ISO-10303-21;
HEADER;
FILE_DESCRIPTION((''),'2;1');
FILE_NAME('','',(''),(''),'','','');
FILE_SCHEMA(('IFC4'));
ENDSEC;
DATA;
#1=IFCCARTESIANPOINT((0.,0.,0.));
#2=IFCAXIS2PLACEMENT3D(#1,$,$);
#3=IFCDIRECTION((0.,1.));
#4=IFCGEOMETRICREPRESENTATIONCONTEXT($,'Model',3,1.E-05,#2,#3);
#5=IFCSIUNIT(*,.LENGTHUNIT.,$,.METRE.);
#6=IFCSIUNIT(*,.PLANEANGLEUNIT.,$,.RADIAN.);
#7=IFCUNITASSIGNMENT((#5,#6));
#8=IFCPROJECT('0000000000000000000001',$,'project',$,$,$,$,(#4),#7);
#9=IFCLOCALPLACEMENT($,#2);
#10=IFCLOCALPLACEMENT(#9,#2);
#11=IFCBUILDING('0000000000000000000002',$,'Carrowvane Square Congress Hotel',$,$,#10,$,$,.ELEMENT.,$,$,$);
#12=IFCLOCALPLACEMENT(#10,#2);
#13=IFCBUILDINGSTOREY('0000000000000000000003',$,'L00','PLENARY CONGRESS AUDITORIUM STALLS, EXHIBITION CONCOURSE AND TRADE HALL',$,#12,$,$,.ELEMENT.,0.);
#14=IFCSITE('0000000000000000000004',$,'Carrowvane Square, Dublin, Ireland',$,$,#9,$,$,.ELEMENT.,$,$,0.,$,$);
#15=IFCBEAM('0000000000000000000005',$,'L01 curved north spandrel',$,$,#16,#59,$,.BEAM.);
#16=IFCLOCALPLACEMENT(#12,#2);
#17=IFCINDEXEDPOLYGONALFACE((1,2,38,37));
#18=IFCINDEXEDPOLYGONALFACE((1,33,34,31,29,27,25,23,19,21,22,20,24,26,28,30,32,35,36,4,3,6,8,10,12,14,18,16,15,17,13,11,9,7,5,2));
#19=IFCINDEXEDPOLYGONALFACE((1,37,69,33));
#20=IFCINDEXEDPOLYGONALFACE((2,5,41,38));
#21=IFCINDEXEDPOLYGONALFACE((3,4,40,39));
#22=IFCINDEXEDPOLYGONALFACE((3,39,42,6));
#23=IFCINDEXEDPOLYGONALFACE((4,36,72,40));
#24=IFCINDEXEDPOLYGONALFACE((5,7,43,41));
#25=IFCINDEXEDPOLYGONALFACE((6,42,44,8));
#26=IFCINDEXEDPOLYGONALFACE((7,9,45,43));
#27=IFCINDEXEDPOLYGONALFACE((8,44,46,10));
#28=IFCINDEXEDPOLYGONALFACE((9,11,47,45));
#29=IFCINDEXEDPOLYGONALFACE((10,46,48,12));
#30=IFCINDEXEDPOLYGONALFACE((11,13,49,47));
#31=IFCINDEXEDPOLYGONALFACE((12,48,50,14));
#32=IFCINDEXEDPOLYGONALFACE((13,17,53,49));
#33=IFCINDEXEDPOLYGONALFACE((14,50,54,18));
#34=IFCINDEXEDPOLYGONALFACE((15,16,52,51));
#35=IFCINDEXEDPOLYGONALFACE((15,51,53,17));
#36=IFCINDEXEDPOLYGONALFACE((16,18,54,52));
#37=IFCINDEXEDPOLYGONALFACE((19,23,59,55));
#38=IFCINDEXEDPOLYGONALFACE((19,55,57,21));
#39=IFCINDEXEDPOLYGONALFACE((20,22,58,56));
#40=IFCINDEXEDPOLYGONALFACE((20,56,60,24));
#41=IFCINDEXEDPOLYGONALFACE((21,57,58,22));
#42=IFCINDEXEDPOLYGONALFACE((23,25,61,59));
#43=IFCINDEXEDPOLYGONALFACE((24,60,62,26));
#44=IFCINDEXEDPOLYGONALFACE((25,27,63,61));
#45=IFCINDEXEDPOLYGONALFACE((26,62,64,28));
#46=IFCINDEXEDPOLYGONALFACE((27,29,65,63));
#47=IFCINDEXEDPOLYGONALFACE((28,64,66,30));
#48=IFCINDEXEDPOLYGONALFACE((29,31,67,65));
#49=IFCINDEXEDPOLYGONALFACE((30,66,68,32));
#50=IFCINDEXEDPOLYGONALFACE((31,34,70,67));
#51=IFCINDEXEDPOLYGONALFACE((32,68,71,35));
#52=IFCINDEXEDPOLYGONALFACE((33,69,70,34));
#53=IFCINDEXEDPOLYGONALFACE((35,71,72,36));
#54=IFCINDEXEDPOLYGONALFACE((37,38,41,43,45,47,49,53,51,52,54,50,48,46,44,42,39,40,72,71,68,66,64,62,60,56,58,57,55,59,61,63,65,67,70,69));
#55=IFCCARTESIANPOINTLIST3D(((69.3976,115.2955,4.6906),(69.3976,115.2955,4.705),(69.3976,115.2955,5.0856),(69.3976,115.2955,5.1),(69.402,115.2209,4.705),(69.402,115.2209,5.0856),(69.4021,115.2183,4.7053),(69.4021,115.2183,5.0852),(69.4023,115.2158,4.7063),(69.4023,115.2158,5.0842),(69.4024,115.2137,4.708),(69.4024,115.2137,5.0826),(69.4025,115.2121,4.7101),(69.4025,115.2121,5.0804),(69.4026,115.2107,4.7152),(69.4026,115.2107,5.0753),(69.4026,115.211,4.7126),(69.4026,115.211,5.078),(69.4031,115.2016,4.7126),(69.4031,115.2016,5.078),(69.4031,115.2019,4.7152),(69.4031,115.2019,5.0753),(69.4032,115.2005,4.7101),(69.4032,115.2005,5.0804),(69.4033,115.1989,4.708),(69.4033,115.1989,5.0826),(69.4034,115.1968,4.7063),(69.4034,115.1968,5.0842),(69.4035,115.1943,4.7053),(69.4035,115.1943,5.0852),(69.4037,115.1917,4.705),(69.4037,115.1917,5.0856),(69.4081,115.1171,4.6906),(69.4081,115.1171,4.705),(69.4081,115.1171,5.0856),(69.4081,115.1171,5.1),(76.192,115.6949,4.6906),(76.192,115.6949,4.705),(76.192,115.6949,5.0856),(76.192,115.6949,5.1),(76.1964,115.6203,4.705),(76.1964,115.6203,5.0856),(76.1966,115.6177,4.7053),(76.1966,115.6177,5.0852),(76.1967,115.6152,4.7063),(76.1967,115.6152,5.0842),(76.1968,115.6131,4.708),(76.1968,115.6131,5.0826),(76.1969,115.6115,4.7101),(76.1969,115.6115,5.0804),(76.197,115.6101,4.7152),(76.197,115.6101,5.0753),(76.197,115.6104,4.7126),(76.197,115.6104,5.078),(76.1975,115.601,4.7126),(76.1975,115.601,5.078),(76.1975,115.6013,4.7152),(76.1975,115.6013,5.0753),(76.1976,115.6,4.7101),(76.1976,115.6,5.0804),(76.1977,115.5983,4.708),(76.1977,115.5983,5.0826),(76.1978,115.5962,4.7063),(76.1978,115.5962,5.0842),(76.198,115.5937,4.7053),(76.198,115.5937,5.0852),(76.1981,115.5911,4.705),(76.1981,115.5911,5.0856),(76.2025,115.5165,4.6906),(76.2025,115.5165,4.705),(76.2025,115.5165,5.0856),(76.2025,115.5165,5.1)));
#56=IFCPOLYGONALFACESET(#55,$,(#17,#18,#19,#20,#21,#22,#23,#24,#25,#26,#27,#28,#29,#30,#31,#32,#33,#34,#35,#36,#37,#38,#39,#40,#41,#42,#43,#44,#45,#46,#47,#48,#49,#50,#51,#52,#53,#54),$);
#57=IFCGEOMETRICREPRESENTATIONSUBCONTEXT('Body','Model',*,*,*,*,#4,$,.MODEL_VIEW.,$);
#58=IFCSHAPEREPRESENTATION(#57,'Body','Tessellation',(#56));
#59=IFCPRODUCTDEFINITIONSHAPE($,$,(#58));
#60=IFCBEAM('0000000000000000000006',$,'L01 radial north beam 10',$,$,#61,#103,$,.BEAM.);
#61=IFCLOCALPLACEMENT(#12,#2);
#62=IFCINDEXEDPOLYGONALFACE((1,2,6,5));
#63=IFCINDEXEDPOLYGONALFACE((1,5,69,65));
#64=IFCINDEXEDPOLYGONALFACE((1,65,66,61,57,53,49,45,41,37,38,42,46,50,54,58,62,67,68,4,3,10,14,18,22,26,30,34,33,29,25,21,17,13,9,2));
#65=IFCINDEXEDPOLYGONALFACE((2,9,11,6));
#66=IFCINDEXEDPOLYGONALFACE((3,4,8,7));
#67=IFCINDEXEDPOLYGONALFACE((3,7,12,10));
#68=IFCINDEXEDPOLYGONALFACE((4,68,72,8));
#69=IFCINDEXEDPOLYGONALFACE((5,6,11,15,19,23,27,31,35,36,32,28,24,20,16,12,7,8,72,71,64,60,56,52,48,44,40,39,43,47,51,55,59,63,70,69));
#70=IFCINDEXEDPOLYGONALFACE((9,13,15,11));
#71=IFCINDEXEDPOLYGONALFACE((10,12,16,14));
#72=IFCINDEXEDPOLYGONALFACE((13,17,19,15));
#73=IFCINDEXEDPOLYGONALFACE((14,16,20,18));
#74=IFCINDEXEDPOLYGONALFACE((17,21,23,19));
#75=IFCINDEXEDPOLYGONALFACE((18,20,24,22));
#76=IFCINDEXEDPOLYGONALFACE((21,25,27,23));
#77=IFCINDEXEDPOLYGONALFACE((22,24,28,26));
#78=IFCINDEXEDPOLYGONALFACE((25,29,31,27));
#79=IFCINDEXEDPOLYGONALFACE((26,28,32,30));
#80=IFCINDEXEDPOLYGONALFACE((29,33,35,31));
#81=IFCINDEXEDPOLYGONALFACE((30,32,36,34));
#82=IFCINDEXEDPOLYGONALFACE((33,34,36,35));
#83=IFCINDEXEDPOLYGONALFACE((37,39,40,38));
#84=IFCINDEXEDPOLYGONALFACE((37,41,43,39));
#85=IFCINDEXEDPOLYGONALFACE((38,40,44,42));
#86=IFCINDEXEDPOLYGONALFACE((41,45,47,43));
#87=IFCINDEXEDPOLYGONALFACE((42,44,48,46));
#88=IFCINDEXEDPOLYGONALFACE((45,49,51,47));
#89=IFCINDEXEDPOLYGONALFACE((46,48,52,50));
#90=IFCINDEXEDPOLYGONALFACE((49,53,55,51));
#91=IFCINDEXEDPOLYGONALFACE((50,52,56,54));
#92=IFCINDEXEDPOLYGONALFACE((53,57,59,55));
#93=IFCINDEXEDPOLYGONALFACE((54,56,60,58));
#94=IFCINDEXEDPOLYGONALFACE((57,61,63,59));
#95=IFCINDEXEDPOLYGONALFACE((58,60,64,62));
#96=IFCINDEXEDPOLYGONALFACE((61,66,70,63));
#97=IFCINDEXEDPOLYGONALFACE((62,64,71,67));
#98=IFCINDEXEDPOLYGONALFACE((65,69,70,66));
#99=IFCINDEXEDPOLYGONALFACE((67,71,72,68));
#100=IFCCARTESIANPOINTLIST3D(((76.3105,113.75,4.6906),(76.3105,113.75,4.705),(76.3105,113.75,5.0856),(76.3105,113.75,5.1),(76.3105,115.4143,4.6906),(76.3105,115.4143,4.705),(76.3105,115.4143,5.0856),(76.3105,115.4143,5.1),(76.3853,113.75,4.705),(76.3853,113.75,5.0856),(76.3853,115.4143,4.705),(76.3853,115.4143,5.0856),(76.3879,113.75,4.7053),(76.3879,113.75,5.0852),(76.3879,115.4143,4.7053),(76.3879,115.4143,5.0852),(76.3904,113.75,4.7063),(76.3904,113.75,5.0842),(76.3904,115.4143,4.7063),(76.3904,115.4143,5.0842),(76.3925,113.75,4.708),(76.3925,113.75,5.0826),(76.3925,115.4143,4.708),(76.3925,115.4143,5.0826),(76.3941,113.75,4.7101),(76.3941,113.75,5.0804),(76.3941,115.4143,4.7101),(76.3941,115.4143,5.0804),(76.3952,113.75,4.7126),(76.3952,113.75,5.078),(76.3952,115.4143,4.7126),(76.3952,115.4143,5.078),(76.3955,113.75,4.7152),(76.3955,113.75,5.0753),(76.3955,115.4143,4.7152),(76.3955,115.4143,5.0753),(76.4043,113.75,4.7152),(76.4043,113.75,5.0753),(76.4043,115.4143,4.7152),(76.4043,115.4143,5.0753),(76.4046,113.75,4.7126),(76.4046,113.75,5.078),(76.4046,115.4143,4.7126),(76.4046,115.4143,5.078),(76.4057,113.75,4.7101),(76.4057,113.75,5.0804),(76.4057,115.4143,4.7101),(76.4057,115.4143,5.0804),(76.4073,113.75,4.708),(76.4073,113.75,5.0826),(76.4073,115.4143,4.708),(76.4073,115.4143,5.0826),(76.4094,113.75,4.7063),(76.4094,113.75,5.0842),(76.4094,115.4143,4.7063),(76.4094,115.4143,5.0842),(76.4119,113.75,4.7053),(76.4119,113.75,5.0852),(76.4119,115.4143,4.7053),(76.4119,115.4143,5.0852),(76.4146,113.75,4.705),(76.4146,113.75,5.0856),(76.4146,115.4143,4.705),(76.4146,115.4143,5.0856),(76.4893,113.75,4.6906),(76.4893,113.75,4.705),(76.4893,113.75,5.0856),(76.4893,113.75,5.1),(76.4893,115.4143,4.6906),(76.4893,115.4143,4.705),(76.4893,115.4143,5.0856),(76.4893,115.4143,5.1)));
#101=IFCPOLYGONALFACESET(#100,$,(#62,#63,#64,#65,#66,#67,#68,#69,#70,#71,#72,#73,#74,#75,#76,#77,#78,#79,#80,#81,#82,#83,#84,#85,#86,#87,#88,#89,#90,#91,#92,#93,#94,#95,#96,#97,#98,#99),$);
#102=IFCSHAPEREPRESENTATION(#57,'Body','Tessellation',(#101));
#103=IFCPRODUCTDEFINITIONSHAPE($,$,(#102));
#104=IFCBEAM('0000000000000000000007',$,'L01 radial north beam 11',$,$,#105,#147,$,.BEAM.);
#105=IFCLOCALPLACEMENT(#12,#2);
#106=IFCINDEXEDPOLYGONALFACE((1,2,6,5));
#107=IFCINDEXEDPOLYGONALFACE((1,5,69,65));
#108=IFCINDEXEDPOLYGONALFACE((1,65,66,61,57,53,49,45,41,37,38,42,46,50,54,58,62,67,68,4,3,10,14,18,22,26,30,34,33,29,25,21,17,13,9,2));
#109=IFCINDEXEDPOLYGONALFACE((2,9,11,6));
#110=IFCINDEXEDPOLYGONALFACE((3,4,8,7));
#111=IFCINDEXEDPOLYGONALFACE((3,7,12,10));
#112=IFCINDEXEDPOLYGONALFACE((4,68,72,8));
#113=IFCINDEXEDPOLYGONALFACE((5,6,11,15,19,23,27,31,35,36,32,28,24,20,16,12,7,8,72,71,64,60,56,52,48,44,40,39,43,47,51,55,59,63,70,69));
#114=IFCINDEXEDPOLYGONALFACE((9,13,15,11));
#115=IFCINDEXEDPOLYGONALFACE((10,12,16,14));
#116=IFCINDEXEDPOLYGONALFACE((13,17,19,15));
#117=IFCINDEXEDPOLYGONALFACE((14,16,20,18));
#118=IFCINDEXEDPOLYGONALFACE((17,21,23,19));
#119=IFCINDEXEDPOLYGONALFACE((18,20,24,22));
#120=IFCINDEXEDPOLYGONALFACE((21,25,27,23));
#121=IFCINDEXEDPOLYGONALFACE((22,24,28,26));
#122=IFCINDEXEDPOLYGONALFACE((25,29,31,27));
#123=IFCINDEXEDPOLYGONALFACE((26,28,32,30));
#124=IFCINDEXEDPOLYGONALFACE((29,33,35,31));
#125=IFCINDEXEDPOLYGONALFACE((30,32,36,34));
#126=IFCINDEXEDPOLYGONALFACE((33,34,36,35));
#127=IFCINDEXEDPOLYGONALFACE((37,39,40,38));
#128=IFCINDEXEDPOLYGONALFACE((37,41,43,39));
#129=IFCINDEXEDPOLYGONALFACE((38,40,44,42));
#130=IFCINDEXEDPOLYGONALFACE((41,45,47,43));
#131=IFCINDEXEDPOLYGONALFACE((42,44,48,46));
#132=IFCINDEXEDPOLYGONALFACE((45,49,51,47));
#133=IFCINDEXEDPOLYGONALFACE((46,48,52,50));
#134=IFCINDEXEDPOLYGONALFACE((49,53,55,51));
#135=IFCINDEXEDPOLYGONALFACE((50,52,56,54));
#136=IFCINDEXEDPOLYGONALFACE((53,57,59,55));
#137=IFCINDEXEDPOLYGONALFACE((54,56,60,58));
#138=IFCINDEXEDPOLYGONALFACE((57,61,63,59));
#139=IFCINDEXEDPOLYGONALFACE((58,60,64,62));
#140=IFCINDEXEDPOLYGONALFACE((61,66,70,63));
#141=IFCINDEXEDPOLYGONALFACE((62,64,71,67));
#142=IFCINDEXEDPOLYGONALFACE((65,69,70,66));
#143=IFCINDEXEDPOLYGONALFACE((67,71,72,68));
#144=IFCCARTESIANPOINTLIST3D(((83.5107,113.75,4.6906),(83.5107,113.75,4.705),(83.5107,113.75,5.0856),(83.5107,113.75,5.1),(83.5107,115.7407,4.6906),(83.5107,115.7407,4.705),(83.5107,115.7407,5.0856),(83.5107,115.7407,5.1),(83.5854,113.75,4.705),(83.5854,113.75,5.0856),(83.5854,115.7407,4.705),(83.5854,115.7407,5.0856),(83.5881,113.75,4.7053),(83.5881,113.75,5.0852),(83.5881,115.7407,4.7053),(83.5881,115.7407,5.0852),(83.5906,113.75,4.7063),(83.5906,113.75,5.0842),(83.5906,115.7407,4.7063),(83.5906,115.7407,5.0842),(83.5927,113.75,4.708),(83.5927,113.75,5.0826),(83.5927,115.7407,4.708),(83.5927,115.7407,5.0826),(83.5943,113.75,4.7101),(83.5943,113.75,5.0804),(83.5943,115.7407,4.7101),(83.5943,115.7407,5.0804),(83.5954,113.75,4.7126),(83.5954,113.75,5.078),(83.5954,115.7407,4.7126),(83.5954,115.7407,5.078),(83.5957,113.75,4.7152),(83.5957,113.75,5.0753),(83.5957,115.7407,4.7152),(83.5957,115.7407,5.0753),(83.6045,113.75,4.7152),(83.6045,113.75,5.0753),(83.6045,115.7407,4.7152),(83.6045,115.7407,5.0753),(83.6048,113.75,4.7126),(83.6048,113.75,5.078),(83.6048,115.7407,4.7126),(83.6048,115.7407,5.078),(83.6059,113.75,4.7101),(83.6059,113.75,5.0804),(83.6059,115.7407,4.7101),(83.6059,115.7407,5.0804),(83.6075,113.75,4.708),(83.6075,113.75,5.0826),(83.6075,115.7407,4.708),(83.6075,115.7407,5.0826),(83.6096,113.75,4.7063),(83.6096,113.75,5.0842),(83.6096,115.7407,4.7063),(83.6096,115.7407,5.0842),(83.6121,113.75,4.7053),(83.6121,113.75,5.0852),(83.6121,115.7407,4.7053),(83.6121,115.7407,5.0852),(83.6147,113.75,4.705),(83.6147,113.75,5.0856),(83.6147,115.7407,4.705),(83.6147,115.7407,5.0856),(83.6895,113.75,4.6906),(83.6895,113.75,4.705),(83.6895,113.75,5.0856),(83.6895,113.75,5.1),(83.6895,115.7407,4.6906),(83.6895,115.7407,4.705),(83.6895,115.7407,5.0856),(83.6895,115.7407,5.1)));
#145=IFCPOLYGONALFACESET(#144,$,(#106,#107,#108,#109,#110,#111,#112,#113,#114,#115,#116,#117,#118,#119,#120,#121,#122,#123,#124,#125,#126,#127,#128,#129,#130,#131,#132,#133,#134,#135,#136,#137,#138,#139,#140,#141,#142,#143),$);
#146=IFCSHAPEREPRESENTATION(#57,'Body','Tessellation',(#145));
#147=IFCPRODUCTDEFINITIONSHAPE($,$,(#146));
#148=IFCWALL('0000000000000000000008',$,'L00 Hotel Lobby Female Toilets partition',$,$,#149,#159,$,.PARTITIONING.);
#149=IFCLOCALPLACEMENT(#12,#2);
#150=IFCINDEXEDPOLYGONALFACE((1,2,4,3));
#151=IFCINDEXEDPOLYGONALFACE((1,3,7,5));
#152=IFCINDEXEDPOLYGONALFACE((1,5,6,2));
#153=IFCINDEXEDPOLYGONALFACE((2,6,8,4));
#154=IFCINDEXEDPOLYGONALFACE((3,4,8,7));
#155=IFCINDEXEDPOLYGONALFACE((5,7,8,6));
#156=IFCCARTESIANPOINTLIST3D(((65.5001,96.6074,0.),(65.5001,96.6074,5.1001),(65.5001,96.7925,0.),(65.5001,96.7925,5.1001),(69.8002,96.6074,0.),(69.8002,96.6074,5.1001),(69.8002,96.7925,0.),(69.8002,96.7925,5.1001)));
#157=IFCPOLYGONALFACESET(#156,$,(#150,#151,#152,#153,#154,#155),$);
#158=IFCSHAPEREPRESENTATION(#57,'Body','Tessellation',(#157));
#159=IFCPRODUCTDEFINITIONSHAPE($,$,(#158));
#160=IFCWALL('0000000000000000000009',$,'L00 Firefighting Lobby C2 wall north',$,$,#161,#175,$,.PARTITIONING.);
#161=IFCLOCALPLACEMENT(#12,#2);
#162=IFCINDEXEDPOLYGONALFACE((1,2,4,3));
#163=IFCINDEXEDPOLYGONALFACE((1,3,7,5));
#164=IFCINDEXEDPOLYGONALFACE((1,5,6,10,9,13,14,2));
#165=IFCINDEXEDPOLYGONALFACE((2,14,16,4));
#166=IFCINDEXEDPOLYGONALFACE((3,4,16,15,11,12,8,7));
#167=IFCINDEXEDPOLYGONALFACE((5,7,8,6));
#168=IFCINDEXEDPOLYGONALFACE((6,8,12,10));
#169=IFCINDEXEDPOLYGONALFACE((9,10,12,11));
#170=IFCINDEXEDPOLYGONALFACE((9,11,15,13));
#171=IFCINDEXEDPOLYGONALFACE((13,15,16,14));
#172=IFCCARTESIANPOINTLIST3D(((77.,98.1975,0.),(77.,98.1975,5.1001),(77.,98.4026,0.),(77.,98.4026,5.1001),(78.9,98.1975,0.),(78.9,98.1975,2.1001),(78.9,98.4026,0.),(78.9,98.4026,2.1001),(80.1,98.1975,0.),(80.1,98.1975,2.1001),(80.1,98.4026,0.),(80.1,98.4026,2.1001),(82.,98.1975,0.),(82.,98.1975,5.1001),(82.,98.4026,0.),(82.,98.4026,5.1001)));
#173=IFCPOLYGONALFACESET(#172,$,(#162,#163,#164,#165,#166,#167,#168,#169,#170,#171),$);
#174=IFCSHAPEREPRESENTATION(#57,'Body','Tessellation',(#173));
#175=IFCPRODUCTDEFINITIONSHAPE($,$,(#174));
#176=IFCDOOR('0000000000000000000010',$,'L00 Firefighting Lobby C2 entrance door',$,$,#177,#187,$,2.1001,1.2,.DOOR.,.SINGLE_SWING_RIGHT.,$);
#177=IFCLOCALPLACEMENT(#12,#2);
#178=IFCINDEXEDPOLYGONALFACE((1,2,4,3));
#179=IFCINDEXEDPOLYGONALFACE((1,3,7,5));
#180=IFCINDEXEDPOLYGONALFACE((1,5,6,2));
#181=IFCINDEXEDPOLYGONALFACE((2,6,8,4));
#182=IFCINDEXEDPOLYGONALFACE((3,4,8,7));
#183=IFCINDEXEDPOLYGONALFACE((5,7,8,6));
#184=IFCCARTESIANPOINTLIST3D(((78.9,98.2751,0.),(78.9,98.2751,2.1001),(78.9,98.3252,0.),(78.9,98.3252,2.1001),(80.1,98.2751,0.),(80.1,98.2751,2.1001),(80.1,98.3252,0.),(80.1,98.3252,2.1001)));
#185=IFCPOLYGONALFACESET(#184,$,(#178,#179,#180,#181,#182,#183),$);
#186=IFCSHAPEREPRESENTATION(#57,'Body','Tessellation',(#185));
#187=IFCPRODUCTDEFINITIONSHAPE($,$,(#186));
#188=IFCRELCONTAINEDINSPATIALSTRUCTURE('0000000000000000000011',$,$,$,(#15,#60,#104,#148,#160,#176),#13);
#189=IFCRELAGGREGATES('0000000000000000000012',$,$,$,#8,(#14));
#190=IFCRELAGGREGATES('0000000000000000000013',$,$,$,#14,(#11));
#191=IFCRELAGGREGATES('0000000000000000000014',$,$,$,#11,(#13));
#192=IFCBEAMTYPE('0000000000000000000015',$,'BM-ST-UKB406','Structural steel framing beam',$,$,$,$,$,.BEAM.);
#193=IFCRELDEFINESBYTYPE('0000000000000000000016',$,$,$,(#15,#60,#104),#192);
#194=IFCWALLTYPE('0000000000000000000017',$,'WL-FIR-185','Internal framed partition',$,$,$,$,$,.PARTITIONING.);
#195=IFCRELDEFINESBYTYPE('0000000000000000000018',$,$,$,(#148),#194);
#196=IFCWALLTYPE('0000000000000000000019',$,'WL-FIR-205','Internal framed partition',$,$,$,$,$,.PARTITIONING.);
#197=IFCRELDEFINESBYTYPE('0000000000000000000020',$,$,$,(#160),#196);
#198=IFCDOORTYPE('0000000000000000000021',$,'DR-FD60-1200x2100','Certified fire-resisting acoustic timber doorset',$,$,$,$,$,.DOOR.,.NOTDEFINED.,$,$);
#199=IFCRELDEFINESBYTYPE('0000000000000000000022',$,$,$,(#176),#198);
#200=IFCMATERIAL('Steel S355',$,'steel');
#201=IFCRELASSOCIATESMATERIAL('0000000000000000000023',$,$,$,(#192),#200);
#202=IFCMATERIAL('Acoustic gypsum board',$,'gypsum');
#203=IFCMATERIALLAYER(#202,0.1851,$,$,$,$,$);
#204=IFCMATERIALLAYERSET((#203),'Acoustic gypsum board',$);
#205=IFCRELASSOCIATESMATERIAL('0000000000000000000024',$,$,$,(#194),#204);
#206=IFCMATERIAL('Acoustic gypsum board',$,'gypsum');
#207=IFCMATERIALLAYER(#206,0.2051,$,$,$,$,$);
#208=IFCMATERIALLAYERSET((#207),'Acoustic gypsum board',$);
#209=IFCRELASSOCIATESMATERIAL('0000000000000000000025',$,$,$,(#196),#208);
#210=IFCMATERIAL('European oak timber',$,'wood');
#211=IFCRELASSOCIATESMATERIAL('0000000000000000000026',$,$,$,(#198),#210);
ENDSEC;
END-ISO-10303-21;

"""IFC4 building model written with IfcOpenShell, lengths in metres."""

from ifc_helpers import new_model, si_unit, direction, frame, frame_2d, origin, origin_2d, place, context, subcontext, project, spatial, rectangle, i_section, extrude, material, layer, layer_set, material_profile, profile_set, type_object, element, fill, save


model = new_model("IFC4")

# Units and contexts
model_context = context("Model", 3, precision=1e-05, world=origin(), true_north=direction((0.0, 1.0)))
body_context = subcontext(model_context, "Body", "Model", "MODEL_VIEW")
ifc_project = project(units=[si_unit("LENGTHUNIT", "METRE"), si_unit("PLANEANGLEUNIT", "RADIAN")], contexts=[model_context])

# Site, building, storey
site_placement = place(None, origin())
site = spatial("IfcSite", under=ifc_project, at=site_placement, Name="Carrowvane Square, Dublin, Ireland", CompositionType="ELEMENT", RefElevation=0.0)
building_placement = place(site_placement, origin())
building = spatial("IfcBuilding", under=site, at=building_placement, Name="Carrowvane Square Congress Hotel", CompositionType="ELEMENT")
storey_placement = place(building_placement, origin())
storey = spatial("IfcBuildingStorey", under=building, at=storey_placement, Name="L00", Description="PLENARY CONGRESS AUDITORIUM STALLS, EXHIBITION CONCOURSE AND TRADE HALL", CompositionType="ELEMENT", Elevation=0.0)

# Beams
ifc_material_1 = material(Name="Steel S355", Category="steel")
ifc_material_profile_1 = material_profile(ifc_material_1, i_section(OverallWidth=0.1787, OverallDepth=0.4094, WebThickness=0.0088, FlangeThickness=0.0144, FilletRadius=0.0103, at=origin_2d()), Name="UKB 406x178x67")
ifc_profile_set_1 = profile_set([ifc_material_profile_1], Name="Steel S355")
beam_type_1 = type_object("IfcBeamType", Name="BM-ST-UKB406", Description="Structural steel framing beam", PredefinedType="BEAM", material=ifc_profile_set_1)
beam_1_placement = place(storey_placement, frame((69.4028, 115.2063, 4.8953), z_axis=(0.998277, 0.058684, 0.0), x_axis=(-0.058684, 0.998277, 0.0)))
element("IfcBeam", 1, at=beam_1_placement, inside=storey, type_object=beam_type_1, Name="L01 curved north spandrel", PredefinedType="BEAM", context=body_context, shape_type="SweptSolid", body=[
    extrude(i_section(OverallWidth=0.1787, OverallDepth=0.4094, WebThickness=0.0088, FlangeThickness=0.0144, FilletRadius=0.0103, at=origin_2d()), origin(), (0.0, 0.0, 1.0), 6.8062),
])
beam_2_placement = place(storey_placement, frame((76.3999, 113.75, 4.8953), z_axis=(0.0, 1.0, 0.0), x_axis=(-1.0, 0.0, 0.0)))
element("IfcBeam", 2, at=beam_2_placement, inside=storey, type_object=beam_type_1, Name="L01 radial north beam 10", PredefinedType="BEAM", context=body_context, shape_type="SweptSolid", body=[
    extrude(i_section(OverallWidth=0.1787, OverallDepth=0.4094, WebThickness=0.0088, FlangeThickness=0.0144, FilletRadius=0.0103, at=origin_2d()), origin(), (0.0, 0.0, 1.0), 1.6643),
])
beam_3_placement = place(storey_placement, frame((83.6001, 113.75, 4.8953), z_axis=(0.0, 1.0, 0.0), x_axis=(-1.0, 0.0, 0.0)))
element("IfcBeam", 3, at=beam_3_placement, inside=storey, type_object=beam_type_1, Name="L01 radial north beam 11", PredefinedType="BEAM", context=body_context, shape_type="SweptSolid", body=[
    extrude(i_section(OverallWidth=0.1787, OverallDepth=0.4094, WebThickness=0.0088, FlangeThickness=0.0144, FilletRadius=0.0103, at=origin_2d()), origin(), (0.0, 0.0, 1.0), 1.9907),
])

# Wall
ifc_material_2 = material(Name="Acoustic gypsum board", Category="gypsum")
ifc_layer_1 = layer(ifc_material_2, 0.1851)
ifc_layer_set_1 = layer_set([ifc_layer_1], Name="Acoustic gypsum board")
wall_type_1 = type_object("IfcWallType", Name="WL-FIR-185", Description="Internal framed partition", PredefinedType="PARTITIONING", material=ifc_layer_set_1)
wall_1_placement = place(storey_placement, frame((69.8, 96.7, 0.0), z_axis=(0.0, 0.0, 1.0), x_axis=(-1.0, 0.0, 0.0)))
element("IfcWall", 4, at=wall_1_placement, inside=storey, type_object=wall_type_1, Name="L00 Hotel Lobby Female Toilets partition", PredefinedType="PARTITIONING", context=body_context, shape_type="SweptSolid", body=[
    extrude(rectangle(XDim=4.3, YDim=0.1851, at=frame_2d((2.1499, 0.0))), origin(), (0.0, 0.0, 1.0), 5.1001),
])

# Wall, opening, door
ifc_material_3 = material(Name="Acoustic gypsum board", Category="gypsum")
ifc_layer_2 = layer(ifc_material_3, 0.2051)
ifc_layer_set_2 = layer_set([ifc_layer_2], Name="Acoustic gypsum board")
wall_type_2 = type_object("IfcWallType", Name="WL-FIR-205", Description="Internal framed partition", PredefinedType="PARTITIONING", material=ifc_layer_set_2)
wall_2_placement = place(storey_placement, frame((82.0, 98.3, 0.0), z_axis=(0.0, 0.0, 1.0), x_axis=(-1.0, 0.0, 0.0)))
wall_2 = element("IfcWall", 5, at=wall_2_placement, inside=storey, type_object=wall_type_2, Name="L00 Firefighting Lobby C2 wall north", PredefinedType="PARTITIONING", context=body_context, shape_type="SweptSolid", body=[
    extrude(rectangle(XDim=5.0, YDim=0.2051, at=frame_2d((2.5, 0.0))), origin(), (0.0, 0.0, 1.0), 5.1001),
])
opening_placement = place(wall_2_placement, frame((1.8999, 0.0, 0.0)))
opening = element("IfcOpeningElement", 6, at=opening_placement, cuts=wall_2, PredefinedType="OPENING", context=body_context, shape_type="SweptSolid", body=[
    extrude(rectangle(XDim=1.2, YDim=2.1001, at=frame_2d((0.6001, 1.05))), frame((0.0, 0.1125, 0.0), z_axis=(0.0, -1.0, 0.0), x_axis=(1.0, 0.0, 0.0)), (0.0, 0.0, 1.0), 0.2251),
])
ifc_material_4 = material(Name="European oak timber", Category="wood")
door_type = type_object("IfcDoorType", Name="DR-FD60-1200x2100", Description="Certified fire-resisting acoustic timber doorset", OperationType="NOTDEFINED", PredefinedType="DOOR", material=ifc_material_4)
door_placement = place(opening_placement, origin())
door = element("IfcDoor", 7, at=door_placement, inside=storey, type_object=door_type, Name="L00 Firefighting Lobby C2 entrance door", OperationType="SINGLE_SWING_RIGHT", OverallHeight=2.1001, OverallWidth=1.2, PredefinedType="DOOR", context=body_context, shape_type="SweptSolid", body=[
    extrude(rectangle(XDim=1.2, YDim=2.1001, at=frame_2d((0.6001, 1.05))), frame((0.0, 0.0249, 0.0), z_axis=(0.0, -1.0, 0.0), x_axis=(1.0, 0.0, 0.0)), (0.0, 0.0, 1.0), 0.05),
])
fill(opening, door)

save(model, "model.ifc")
